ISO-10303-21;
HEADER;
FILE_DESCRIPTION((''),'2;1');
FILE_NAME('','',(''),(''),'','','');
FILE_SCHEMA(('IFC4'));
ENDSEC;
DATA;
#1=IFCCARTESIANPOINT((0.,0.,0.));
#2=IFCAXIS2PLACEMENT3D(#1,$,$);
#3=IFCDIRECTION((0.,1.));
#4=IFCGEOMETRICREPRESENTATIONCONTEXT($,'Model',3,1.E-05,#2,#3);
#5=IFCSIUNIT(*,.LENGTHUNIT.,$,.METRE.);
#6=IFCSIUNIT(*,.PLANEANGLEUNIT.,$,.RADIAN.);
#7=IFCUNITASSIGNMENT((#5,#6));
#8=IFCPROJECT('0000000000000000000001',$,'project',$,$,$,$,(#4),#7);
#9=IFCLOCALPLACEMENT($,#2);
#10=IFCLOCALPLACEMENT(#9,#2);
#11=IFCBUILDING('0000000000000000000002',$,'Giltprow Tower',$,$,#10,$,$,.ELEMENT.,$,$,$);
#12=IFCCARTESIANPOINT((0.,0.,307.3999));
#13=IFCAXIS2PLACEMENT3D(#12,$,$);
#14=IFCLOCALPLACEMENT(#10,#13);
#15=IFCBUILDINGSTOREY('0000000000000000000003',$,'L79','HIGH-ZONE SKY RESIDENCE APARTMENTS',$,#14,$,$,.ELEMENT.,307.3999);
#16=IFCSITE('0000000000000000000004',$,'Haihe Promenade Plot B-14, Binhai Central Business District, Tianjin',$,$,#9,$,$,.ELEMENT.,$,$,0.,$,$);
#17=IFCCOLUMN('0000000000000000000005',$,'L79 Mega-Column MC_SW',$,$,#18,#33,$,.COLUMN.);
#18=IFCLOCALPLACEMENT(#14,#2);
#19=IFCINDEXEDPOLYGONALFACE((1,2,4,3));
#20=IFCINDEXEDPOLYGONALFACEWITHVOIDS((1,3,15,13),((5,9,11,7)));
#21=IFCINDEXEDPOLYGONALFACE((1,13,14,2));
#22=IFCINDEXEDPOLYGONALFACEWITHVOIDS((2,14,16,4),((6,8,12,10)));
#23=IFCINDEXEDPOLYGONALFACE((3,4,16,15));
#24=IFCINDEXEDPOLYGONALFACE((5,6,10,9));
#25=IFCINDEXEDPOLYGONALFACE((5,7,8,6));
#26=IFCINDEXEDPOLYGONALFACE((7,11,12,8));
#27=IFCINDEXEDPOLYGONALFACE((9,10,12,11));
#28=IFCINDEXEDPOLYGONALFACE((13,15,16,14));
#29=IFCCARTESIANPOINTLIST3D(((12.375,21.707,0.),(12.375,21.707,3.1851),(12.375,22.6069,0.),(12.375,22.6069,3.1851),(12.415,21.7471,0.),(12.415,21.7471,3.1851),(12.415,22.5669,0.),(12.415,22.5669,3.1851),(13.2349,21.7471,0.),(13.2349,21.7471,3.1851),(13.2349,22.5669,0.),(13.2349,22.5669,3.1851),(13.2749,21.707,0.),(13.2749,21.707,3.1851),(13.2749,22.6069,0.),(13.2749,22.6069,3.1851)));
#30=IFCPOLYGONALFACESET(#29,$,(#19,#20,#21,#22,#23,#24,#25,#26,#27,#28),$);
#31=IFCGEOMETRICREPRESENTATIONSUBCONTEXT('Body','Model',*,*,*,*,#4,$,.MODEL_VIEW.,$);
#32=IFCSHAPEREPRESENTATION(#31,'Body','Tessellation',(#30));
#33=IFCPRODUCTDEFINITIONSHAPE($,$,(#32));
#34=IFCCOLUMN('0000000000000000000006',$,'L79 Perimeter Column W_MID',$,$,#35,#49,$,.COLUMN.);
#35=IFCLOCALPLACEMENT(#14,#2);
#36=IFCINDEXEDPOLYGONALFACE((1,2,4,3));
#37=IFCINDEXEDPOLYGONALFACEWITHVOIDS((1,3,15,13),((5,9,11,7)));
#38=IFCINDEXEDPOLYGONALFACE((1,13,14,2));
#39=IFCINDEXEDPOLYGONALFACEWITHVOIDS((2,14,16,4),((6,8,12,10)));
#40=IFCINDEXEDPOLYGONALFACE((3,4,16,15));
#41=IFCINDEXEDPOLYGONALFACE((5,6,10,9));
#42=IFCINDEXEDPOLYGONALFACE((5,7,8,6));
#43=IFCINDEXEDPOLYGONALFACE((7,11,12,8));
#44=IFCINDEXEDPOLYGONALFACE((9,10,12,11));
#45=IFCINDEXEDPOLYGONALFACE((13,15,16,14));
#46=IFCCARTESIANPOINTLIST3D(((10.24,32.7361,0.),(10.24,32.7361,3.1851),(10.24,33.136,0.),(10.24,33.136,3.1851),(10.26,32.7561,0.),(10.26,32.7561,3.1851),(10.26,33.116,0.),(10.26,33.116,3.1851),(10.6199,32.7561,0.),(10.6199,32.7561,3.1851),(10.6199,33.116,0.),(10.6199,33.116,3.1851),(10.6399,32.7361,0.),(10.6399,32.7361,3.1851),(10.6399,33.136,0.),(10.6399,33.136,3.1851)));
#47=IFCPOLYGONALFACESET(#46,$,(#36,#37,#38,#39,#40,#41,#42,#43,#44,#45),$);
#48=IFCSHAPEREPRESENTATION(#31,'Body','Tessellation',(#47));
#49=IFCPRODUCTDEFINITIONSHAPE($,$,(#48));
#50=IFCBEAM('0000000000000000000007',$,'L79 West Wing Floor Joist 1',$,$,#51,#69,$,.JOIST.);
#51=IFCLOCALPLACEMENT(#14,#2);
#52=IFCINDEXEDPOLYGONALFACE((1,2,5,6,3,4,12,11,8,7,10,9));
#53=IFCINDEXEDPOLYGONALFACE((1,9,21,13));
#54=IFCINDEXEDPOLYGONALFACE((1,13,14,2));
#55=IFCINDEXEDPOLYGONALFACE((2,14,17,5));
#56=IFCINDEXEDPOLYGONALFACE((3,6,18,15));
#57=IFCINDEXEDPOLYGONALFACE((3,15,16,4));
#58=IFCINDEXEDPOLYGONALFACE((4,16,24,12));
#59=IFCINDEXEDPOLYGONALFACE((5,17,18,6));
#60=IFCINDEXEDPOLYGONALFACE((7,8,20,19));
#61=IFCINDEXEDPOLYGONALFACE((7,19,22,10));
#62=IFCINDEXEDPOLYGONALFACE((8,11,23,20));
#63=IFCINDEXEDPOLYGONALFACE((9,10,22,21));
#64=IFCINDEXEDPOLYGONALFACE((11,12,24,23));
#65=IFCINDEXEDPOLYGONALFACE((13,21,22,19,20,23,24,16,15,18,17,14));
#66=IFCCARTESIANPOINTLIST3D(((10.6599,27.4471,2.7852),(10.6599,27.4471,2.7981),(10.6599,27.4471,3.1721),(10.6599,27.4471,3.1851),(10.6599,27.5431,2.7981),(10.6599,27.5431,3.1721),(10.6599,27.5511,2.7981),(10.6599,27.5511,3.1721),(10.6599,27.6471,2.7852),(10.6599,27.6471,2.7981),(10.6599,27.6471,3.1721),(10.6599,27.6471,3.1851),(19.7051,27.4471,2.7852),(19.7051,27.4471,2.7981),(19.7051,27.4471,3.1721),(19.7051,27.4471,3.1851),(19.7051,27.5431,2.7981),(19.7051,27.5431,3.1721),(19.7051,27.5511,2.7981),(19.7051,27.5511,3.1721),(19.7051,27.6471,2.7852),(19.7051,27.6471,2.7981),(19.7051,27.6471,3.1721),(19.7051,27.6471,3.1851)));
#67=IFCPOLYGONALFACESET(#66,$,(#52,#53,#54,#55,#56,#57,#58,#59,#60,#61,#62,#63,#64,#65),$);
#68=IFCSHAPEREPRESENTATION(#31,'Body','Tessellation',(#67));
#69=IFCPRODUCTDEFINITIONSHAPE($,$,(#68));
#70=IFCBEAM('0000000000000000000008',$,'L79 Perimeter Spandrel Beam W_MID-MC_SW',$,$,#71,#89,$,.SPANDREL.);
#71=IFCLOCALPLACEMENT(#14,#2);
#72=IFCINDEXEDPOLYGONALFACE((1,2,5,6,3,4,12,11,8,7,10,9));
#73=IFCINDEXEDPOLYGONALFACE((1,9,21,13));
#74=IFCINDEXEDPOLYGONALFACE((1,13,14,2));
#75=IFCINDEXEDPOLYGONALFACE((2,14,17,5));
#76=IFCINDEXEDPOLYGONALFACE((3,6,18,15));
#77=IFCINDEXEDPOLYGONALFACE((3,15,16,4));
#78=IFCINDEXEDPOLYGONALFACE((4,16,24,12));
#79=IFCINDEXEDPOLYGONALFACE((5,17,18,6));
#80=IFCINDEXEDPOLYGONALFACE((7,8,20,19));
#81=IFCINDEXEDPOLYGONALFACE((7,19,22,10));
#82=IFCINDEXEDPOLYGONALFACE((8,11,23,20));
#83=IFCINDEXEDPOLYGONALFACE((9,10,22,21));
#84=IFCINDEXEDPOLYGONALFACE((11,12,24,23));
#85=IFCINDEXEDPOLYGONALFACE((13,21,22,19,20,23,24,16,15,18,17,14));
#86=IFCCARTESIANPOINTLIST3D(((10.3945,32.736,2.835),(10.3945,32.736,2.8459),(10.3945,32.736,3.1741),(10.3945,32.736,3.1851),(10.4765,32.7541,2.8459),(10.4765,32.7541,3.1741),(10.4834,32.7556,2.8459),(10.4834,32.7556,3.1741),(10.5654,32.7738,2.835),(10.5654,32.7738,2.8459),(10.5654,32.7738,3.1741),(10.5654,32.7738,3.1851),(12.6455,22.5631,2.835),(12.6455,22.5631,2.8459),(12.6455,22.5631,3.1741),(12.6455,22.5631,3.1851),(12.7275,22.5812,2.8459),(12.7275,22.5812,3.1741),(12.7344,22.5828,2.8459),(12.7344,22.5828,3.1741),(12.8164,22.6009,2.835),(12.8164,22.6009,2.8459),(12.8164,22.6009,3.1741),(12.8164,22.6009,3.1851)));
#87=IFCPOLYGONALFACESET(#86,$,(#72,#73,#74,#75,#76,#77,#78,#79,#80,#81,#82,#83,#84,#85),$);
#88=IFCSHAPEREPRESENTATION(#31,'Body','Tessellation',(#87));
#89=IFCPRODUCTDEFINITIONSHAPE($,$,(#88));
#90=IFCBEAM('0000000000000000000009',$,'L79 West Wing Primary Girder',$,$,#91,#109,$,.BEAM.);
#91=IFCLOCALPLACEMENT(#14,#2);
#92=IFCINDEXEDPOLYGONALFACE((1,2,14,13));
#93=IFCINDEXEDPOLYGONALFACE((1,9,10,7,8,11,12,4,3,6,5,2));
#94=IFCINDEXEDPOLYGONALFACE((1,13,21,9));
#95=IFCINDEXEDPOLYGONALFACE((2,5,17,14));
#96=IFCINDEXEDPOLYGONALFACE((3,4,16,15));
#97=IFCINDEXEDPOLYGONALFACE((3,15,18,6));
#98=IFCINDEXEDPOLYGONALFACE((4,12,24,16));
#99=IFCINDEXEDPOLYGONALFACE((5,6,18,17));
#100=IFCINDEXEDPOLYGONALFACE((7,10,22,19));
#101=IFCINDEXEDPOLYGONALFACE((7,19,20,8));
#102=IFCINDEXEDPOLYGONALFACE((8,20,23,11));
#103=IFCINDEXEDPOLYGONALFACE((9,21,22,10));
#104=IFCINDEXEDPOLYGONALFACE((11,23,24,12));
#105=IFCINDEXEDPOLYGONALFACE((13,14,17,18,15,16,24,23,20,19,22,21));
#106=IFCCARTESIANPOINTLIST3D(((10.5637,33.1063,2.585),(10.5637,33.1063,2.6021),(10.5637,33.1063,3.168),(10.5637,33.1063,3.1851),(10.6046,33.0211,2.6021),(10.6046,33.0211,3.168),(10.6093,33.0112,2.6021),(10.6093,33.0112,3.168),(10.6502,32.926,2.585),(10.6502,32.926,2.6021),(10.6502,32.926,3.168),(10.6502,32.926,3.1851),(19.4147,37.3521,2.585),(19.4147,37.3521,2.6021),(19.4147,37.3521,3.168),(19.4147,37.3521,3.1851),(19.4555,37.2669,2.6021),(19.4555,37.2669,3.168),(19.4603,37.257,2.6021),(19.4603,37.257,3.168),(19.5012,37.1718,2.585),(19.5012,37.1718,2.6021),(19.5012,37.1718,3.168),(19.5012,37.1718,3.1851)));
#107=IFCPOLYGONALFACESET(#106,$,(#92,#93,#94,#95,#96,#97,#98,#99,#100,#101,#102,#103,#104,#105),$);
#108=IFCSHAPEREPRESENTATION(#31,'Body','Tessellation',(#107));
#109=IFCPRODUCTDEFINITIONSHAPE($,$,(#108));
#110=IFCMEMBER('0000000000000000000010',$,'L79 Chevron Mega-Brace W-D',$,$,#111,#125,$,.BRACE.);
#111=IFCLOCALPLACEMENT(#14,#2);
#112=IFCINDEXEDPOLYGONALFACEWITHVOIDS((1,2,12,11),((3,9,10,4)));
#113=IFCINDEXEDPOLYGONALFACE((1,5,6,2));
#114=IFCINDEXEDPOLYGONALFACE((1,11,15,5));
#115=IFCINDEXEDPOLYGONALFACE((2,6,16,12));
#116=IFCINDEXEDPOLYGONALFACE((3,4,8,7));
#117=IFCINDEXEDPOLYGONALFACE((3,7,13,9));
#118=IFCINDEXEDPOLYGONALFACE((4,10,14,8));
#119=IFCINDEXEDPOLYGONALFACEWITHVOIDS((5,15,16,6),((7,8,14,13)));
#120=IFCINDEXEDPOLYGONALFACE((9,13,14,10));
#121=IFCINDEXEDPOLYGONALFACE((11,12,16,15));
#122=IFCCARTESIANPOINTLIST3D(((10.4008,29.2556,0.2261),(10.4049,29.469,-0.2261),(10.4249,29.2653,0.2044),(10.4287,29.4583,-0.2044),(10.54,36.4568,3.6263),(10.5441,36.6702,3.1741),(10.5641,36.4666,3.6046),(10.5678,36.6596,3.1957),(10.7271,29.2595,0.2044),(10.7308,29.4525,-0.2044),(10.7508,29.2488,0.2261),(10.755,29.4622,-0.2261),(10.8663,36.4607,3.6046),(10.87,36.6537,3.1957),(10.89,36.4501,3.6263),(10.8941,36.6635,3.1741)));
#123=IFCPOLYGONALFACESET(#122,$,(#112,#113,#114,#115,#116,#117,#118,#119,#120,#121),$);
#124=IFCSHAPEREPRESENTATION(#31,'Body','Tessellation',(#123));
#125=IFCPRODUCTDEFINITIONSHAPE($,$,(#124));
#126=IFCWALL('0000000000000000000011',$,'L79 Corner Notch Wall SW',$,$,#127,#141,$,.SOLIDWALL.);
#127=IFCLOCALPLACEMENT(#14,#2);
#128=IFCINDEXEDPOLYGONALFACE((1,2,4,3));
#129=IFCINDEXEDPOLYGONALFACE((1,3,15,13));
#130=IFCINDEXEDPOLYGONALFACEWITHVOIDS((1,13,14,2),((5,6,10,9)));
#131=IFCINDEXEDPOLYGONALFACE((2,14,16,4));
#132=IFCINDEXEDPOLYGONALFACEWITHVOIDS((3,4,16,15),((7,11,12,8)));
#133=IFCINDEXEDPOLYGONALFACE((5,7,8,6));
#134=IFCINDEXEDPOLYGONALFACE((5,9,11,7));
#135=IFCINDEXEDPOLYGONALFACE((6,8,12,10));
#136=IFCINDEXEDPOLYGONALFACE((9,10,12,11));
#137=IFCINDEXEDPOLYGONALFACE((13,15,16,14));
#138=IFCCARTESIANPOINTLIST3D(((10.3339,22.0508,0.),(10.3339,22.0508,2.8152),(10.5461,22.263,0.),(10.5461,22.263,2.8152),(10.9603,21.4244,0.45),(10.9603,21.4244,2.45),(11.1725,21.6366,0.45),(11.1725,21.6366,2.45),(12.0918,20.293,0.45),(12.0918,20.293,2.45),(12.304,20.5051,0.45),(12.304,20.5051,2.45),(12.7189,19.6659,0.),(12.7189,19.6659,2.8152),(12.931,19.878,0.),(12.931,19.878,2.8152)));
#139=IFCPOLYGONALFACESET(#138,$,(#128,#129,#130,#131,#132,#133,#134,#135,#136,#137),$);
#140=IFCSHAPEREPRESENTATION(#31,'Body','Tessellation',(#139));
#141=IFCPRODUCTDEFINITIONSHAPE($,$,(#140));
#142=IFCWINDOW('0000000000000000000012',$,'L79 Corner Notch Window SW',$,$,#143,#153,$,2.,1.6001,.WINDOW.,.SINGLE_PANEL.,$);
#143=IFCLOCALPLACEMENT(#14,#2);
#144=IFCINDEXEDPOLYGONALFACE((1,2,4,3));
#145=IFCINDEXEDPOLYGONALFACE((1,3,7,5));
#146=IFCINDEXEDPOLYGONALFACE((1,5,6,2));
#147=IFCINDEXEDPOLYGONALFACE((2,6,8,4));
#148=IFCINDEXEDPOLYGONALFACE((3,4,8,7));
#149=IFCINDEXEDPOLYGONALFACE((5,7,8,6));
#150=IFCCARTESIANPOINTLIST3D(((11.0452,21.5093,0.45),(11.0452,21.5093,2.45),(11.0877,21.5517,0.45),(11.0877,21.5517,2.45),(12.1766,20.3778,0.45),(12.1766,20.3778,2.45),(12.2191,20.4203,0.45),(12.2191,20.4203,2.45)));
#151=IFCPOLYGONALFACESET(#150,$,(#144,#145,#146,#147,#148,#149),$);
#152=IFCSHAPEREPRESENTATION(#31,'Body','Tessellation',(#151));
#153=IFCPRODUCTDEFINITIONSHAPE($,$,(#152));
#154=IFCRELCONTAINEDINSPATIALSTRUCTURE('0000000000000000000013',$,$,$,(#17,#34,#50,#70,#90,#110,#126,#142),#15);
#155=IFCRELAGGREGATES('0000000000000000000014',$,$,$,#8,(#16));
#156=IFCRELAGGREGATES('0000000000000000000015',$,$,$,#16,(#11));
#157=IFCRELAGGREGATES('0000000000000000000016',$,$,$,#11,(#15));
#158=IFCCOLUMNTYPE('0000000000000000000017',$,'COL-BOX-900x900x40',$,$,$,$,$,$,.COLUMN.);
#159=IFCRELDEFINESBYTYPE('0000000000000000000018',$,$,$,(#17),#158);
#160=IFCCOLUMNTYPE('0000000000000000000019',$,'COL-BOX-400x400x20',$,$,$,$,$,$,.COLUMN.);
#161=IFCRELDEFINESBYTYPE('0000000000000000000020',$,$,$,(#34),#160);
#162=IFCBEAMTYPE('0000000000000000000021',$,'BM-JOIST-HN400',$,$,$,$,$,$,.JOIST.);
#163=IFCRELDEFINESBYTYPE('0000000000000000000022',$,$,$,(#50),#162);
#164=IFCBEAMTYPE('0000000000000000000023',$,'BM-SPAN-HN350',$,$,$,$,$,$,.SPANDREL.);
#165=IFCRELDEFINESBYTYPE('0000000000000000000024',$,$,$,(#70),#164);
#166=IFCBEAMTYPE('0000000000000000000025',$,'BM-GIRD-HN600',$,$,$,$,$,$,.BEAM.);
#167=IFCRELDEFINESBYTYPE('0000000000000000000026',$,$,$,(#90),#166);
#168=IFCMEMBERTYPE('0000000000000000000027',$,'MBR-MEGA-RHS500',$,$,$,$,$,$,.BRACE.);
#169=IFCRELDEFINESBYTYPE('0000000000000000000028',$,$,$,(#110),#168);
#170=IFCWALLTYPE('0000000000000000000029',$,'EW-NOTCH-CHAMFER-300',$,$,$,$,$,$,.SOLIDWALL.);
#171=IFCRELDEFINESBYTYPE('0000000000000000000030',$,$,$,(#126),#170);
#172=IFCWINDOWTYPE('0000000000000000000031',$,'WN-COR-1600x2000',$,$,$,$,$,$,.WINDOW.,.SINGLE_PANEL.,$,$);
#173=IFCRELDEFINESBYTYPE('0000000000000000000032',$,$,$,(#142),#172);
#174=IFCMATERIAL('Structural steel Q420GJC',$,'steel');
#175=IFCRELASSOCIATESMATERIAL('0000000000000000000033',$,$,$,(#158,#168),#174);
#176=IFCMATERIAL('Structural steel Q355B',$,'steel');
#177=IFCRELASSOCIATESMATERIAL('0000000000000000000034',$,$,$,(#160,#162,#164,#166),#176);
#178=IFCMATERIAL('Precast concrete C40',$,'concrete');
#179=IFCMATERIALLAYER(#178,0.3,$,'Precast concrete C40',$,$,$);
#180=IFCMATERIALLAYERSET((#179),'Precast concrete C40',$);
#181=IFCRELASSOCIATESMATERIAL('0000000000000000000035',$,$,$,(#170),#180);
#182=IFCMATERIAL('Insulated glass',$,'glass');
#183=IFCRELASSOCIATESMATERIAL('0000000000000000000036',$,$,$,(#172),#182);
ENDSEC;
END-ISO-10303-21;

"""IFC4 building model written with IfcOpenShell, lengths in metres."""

from ifc_helpers import new_model, si_unit, direction, frame, frame_2d, origin, origin_2d, place, context, subcontext, project, spatial, rectangle, hollow_rectangle, i_section, extrude, source, transform, mapped, material, layer, layer_set, material_profile, profile_set, type_object, element, fill, save


model = new_model("IFC4")

# Units and contexts
model_context = context("Model", 3, precision=1e-05, world=origin(), true_north=direction((0.0, 1.0)))
body_context = subcontext(model_context, "Body", "Model", "MODEL_VIEW")
ifc_project = project(units=[si_unit("LENGTHUNIT", "METRE"), si_unit("PLANEANGLEUNIT", "RADIAN")], contexts=[model_context])

# Site, building, storey
site_placement = place(None, origin())
site = spatial("IfcSite", under=ifc_project, at=site_placement, Name="Haihe Promenade Plot B-14, Binhai Central Business District, Tianjin", CompositionType="ELEMENT", RefElevation=0.0)
building_placement = place(site_placement, origin())
building = spatial("IfcBuilding", under=site, at=building_placement, Name="Giltprow Tower", CompositionType="ELEMENT")
storey_placement = place(building_placement, frame((0.0, 0.0, 307.3999)))
storey = spatial("IfcBuildingStorey", under=building, at=storey_placement, Name="L79", Description="HIGH-ZONE SKY RESIDENCE APARTMENTS", CompositionType="ELEMENT", Elevation=307.3999)

# Columns
ifc_material_1 = material(Name="Structural steel Q420GJC", Category="steel")
ifc_material_profile_1 = material_profile(ifc_material_1, hollow_rectangle(XDim=0.8999, YDim=0.8999, WallThickness=0.04, at=origin_2d()), Name="BOX 900x900x40")
ifc_profile_set_1 = profile_set([ifc_material_profile_1], Name="Structural steel Q420GJC")
column_type_1 = type_object("IfcColumnType", Name="COL-BOX-900x900x40", PredefinedType="COLUMN", material=ifc_profile_set_1)
shared_shape_1 = source(origin(), body_context, "Body", "SweptSolid", [
    extrude(hollow_rectangle(XDim=0.8999, YDim=0.8999, WallThickness=0.04, at=origin_2d()), origin(), (0.0, 0.0, 1.0), 3.1851),
])
column_1_placement = place(storey_placement, frame((12.825, 22.157, 0.0), z_axis=(0.0, 0.0, 1.0), x_axis=(1.0, 0.0, 0.0)))
element("IfcColumn", 1, at=column_1_placement, inside=storey, type_object=column_type_1, Name="L79 Mega-Column MC_SW", PredefinedType="COLUMN", context=body_context, shape_type="MappedRepresentation", body=[
    mapped(shared_shape_1, transform((0.0, 0.0, 0.0), x_axis=(1.0, 0.0, 0.0), y_axis=(0.0, 1.0, 0.0), z_axis=(0.0, 0.0, 1.0), scale=1.0)),
])
ifc_material_2 = material(Name="Structural steel Q355B", Category="steel")
ifc_material_profile_2 = material_profile(ifc_material_2, hollow_rectangle(XDim=0.3999, YDim=0.3999, WallThickness=0.02, at=origin_2d()), Name="BOX 400x400x20")
ifc_profile_set_2 = profile_set([ifc_material_profile_2], Name="Structural steel Q355B")
column_type_2 = type_object("IfcColumnType", Name="COL-BOX-400x400x20", PredefinedType="COLUMN", material=ifc_profile_set_2)
shared_shape_2 = source(origin(), body_context, "Body", "SweptSolid", [
    extrude(hollow_rectangle(XDim=0.3999, YDim=0.3999, WallThickness=0.02, at=origin_2d()), origin(), (0.0, 0.0, 1.0), 3.1851),
])
column_2_placement = place(storey_placement, frame((10.4399, 32.936, 0.0), z_axis=(0.0, 0.0, 1.0), x_axis=(1.0, 0.0, 0.0)))
element("IfcColumn", 2, at=column_2_placement, inside=storey, type_object=column_type_2, Name="L79 Perimeter Column W_MID", PredefinedType="COLUMN", context=body_context, shape_type="MappedRepresentation", body=[
    mapped(shared_shape_2, transform((0.0, 0.0, 0.0), x_axis=(1.0, 0.0, 0.0), y_axis=(0.0, 1.0, 0.0), z_axis=(0.0, 0.0, 1.0), scale=1.0)),
])

# Beams
ifc_material_profile_3 = material_profile(ifc_material_2, i_section(OverallWidth=0.2, OverallDepth=0.3999, WebThickness=0.0081, FlangeThickness=0.0129, at=origin_2d()), Name="HN 400x200x8x13")
ifc_profile_set_3 = profile_set([ifc_material_profile_3], Name="Structural steel Q355B")
beam_type_1 = type_object("IfcBeamType", Name="BM-JOIST-HN400", PredefinedType="JOIST", material=ifc_profile_set_3)
shared_shape_3 = source(origin(), body_context, "Body", "SweptSolid", [
    extrude(i_section(OverallWidth=0.2, OverallDepth=0.3999, WebThickness=0.0081, FlangeThickness=0.0129, at=origin_2d()), origin(), (0.0, 0.0, 1.0), 9.0452),
])
beam_1_placement = place(storey_placement, frame((10.6599, 27.5471, 2.9851), z_axis=(1.0, 0.0, 0.0), x_axis=(0.0, 1.0, 0.0)))
element("IfcBeam", 3, at=beam_1_placement, inside=storey, type_object=beam_type_1, Name="L79 West Wing Floor Joist 1", PredefinedType="JOIST", context=body_context, shape_type="MappedRepresentation", body=[
    mapped(shared_shape_3, transform((0.0, 0.0, 0.0), x_axis=(1.0, 0.0, 0.0), y_axis=(0.0, 1.0, 0.0), z_axis=(0.0, 0.0, 1.0), scale=1.0)),
])
ifc_material_profile_4 = material_profile(ifc_material_2, i_section(OverallWidth=0.175, OverallDepth=0.3501, WebThickness=0.0071, FlangeThickness=0.011, at=origin_2d()), Name="HN 350x175x7x11")
ifc_profile_set_4 = profile_set([ifc_material_profile_4], Name="Structural steel Q355B")
beam_type_2 = type_object("IfcBeamType", Name="BM-SPAN-HN350", PredefinedType="SPANDREL", material=ifc_profile_set_4)
shared_shape_4 = source(origin(), body_context, "Body", "SweptSolid", [
    extrude(i_section(OverallWidth=0.175, OverallDepth=0.3501, WebThickness=0.0071, FlangeThickness=0.011, at=origin_2d()), origin(), (0.0, 0.0, 1.0), 10.4189),
])
beam_2_placement = place(storey_placement, frame((10.48, 32.7549, 3.01), z_axis=(0.216047, -0.976383, 0.0), x_axis=(0.976383, 0.216047, 0.0)))
element("IfcBeam", 4, at=beam_2_placement, inside=storey, type_object=beam_type_2, Name="L79 Perimeter Spandrel Beam W_MID-MC_SW", PredefinedType="SPANDREL", context=body_context, shape_type="MappedRepresentation", body=[
    mapped(shared_shape_4, transform((0.0, 0.0, 0.0), x_axis=(1.0, 0.0, 0.0), y_axis=(0.0, 1.0, 0.0), z_axis=(0.0, 0.0, 1.0), scale=1.0)),
])
ifc_material_profile_5 = material_profile(ifc_material_2, i_section(OverallWidth=0.2, OverallDepth=0.6001, WebThickness=0.011, FlangeThickness=0.0171, at=origin_2d()), Name="HN 600x200x11x17")
ifc_profile_set_5 = profile_set([ifc_material_profile_5], Name="Structural steel Q355B")
beam_type_3 = type_object("IfcBeamType", Name="BM-GIRD-HN600", PredefinedType="BEAM", material=ifc_profile_set_5)
shared_shape_5 = source(origin(), body_context, "Body", "SweptSolid", [
    extrude(i_section(OverallWidth=0.2, OverallDepth=0.6001, WebThickness=0.011, FlangeThickness=0.0171, at=origin_2d()), origin(), (0.0, 0.0, 1.0), 9.8167),
])
beam_3_placement = place(storey_placement, frame((10.6069, 33.0161, 2.885), z_axis=(0.901629, 0.43251, 0.0), x_axis=(-0.43251, 0.901629, 0.0)))
element("IfcBeam", 5, at=beam_3_placement, inside=storey, type_object=beam_type_3, Name="L79 West Wing Primary Girder", PredefinedType="BEAM", context=body_context, shape_type="MappedRepresentation", body=[
    mapped(shared_shape_5, transform((0.0, 0.0, 0.0), x_axis=(1.0, 0.0, 0.0), y_axis=(0.0, 1.0, 0.0), z_axis=(0.0, 0.0, 1.0), scale=1.0)),
])

# Member
ifc_material_profile_6 = material_profile(ifc_material_1, hollow_rectangle(XDim=0.3501, YDim=0.5, WallThickness=0.0239, at=origin_2d()), Name="RHS 500x350x24")
ifc_profile_set_6 = profile_set([ifc_material_profile_6], Name="Structural steel Q420GJC")
member_type = type_object("IfcMemberType", Name="MBR-MEGA-RHS500", PredefinedType="BRACE", material=ifc_profile_set_6)
shared_shape_6 = source(origin(), body_context, "Body", "SweptSolid", [
    extrude(hollow_rectangle(XDim=0.3501, YDim=0.5, WallThickness=0.0239, at=origin_2d()), origin(), (0.0, 0.0, 1.0), 7.9648),
])
member_placement = place(storey_placement, frame((10.5779, 29.3589, 0.0), z_axis=(0.017472, 0.90413, 0.426899), x_axis=(-0.999813, 0.019321, 0.0)))
element("IfcMember", 6, at=member_placement, inside=storey, type_object=member_type, Name="L79 Chevron Mega-Brace W-D", PredefinedType="BRACE", context=body_context, shape_type="MappedRepresentation", body=[
    mapped(shared_shape_6, transform((0.0, 0.0, 0.0), x_axis=(1.0, 0.0, 0.0), y_axis=(0.0, 1.0, 0.0), z_axis=(0.0, 0.0, 1.0), scale=1.0)),
])

# Wall, opening, window
ifc_material_3 = material(Name="Precast concrete C40", Category="concrete")
ifc_layer_1 = layer(ifc_material_3, 0.3, Name="Precast concrete C40")
ifc_layer_set_1 = layer_set([ifc_layer_1], Name="Precast concrete C40")
wall_type_1 = type_object("IfcWallType", Name="EW-NOTCH-CHAMFER-300", PredefinedType="SOLIDWALL", material=ifc_layer_set_1)
wall_1_placement = place(storey_placement, frame((10.4399, 22.157, 0.0), z_axis=(0.0, 0.0, 1.0), x_axis=(0.707107, -0.707107, 0.0)))
wall_1 = element("IfcWall", 7, at=wall_1_placement, inside=storey, type_object=wall_type_1, Name="L79 Corner Notch Wall SW", PredefinedType="SOLIDWALL", context=body_context, shape_type="SweptSolid", body=[
    extrude(rectangle(XDim=3.3728, YDim=0.3, at=frame_2d((1.6865, 0.0))), origin(), (0.0, 0.0, 1.0), 2.8152),
])
opening_1_placement = place(wall_1_placement, frame((0.886, 0.0, 0.45)))
opening_1 = element("IfcOpeningElement", 8, at=opening_1_placement, cuts=wall_1, PredefinedType="OPENING", context=body_context, shape_type="SweptSolid", body=[
    extrude(rectangle(XDim=1.6001, YDim=2.0, at=frame_2d((0.8, 1.0))), frame((0.0, 0.1599, 0.0), z_axis=(0.0, -1.0, 0.0), x_axis=(1.0, 0.0, 0.0)), (0.0, 0.0, 1.0), 0.3201),
])
ifc_material_4 = material(Name="Insulated glass", Category="glass")
window_type_1 = type_object("IfcWindowType", Name="WN-COR-1600x2000", PartitioningType="SINGLE_PANEL", PredefinedType="WINDOW", material=ifc_material_4)
shared_shape_7 = source(origin(), body_context, "Body", "SweptSolid", [
    extrude(rectangle(XDim=1.6001, YDim=2.0, at=frame_2d((0.8, 1.0))), frame((0.0, 0.03, 0.0), z_axis=(0.0, -1.0, 0.0), x_axis=(1.0, 0.0, 0.0)), (0.0, 0.0, 1.0), 0.0601),
])
window_1_placement = place(opening_1_placement, origin())
window_1 = element("IfcWindow", 9, at=window_1_placement, inside=storey, type_object=window_type_1, Name="L79 Corner Notch Window SW", OverallHeight=2.0, OverallWidth=1.6001, PartitioningType="SINGLE_PANEL", PredefinedType="WINDOW", context=body_context, shape_type="MappedRepresentation", body=[
    mapped(shared_shape_7, transform((0.0, 0.0, 0.0), x_axis=(1.0, 0.0, 0.0), y_axis=(0.0, 1.0, 0.0), z_axis=(0.0, 0.0, 1.0), scale=1.0)),
])
fill(opening_1, window_1)

save(model, "model.ifc")
